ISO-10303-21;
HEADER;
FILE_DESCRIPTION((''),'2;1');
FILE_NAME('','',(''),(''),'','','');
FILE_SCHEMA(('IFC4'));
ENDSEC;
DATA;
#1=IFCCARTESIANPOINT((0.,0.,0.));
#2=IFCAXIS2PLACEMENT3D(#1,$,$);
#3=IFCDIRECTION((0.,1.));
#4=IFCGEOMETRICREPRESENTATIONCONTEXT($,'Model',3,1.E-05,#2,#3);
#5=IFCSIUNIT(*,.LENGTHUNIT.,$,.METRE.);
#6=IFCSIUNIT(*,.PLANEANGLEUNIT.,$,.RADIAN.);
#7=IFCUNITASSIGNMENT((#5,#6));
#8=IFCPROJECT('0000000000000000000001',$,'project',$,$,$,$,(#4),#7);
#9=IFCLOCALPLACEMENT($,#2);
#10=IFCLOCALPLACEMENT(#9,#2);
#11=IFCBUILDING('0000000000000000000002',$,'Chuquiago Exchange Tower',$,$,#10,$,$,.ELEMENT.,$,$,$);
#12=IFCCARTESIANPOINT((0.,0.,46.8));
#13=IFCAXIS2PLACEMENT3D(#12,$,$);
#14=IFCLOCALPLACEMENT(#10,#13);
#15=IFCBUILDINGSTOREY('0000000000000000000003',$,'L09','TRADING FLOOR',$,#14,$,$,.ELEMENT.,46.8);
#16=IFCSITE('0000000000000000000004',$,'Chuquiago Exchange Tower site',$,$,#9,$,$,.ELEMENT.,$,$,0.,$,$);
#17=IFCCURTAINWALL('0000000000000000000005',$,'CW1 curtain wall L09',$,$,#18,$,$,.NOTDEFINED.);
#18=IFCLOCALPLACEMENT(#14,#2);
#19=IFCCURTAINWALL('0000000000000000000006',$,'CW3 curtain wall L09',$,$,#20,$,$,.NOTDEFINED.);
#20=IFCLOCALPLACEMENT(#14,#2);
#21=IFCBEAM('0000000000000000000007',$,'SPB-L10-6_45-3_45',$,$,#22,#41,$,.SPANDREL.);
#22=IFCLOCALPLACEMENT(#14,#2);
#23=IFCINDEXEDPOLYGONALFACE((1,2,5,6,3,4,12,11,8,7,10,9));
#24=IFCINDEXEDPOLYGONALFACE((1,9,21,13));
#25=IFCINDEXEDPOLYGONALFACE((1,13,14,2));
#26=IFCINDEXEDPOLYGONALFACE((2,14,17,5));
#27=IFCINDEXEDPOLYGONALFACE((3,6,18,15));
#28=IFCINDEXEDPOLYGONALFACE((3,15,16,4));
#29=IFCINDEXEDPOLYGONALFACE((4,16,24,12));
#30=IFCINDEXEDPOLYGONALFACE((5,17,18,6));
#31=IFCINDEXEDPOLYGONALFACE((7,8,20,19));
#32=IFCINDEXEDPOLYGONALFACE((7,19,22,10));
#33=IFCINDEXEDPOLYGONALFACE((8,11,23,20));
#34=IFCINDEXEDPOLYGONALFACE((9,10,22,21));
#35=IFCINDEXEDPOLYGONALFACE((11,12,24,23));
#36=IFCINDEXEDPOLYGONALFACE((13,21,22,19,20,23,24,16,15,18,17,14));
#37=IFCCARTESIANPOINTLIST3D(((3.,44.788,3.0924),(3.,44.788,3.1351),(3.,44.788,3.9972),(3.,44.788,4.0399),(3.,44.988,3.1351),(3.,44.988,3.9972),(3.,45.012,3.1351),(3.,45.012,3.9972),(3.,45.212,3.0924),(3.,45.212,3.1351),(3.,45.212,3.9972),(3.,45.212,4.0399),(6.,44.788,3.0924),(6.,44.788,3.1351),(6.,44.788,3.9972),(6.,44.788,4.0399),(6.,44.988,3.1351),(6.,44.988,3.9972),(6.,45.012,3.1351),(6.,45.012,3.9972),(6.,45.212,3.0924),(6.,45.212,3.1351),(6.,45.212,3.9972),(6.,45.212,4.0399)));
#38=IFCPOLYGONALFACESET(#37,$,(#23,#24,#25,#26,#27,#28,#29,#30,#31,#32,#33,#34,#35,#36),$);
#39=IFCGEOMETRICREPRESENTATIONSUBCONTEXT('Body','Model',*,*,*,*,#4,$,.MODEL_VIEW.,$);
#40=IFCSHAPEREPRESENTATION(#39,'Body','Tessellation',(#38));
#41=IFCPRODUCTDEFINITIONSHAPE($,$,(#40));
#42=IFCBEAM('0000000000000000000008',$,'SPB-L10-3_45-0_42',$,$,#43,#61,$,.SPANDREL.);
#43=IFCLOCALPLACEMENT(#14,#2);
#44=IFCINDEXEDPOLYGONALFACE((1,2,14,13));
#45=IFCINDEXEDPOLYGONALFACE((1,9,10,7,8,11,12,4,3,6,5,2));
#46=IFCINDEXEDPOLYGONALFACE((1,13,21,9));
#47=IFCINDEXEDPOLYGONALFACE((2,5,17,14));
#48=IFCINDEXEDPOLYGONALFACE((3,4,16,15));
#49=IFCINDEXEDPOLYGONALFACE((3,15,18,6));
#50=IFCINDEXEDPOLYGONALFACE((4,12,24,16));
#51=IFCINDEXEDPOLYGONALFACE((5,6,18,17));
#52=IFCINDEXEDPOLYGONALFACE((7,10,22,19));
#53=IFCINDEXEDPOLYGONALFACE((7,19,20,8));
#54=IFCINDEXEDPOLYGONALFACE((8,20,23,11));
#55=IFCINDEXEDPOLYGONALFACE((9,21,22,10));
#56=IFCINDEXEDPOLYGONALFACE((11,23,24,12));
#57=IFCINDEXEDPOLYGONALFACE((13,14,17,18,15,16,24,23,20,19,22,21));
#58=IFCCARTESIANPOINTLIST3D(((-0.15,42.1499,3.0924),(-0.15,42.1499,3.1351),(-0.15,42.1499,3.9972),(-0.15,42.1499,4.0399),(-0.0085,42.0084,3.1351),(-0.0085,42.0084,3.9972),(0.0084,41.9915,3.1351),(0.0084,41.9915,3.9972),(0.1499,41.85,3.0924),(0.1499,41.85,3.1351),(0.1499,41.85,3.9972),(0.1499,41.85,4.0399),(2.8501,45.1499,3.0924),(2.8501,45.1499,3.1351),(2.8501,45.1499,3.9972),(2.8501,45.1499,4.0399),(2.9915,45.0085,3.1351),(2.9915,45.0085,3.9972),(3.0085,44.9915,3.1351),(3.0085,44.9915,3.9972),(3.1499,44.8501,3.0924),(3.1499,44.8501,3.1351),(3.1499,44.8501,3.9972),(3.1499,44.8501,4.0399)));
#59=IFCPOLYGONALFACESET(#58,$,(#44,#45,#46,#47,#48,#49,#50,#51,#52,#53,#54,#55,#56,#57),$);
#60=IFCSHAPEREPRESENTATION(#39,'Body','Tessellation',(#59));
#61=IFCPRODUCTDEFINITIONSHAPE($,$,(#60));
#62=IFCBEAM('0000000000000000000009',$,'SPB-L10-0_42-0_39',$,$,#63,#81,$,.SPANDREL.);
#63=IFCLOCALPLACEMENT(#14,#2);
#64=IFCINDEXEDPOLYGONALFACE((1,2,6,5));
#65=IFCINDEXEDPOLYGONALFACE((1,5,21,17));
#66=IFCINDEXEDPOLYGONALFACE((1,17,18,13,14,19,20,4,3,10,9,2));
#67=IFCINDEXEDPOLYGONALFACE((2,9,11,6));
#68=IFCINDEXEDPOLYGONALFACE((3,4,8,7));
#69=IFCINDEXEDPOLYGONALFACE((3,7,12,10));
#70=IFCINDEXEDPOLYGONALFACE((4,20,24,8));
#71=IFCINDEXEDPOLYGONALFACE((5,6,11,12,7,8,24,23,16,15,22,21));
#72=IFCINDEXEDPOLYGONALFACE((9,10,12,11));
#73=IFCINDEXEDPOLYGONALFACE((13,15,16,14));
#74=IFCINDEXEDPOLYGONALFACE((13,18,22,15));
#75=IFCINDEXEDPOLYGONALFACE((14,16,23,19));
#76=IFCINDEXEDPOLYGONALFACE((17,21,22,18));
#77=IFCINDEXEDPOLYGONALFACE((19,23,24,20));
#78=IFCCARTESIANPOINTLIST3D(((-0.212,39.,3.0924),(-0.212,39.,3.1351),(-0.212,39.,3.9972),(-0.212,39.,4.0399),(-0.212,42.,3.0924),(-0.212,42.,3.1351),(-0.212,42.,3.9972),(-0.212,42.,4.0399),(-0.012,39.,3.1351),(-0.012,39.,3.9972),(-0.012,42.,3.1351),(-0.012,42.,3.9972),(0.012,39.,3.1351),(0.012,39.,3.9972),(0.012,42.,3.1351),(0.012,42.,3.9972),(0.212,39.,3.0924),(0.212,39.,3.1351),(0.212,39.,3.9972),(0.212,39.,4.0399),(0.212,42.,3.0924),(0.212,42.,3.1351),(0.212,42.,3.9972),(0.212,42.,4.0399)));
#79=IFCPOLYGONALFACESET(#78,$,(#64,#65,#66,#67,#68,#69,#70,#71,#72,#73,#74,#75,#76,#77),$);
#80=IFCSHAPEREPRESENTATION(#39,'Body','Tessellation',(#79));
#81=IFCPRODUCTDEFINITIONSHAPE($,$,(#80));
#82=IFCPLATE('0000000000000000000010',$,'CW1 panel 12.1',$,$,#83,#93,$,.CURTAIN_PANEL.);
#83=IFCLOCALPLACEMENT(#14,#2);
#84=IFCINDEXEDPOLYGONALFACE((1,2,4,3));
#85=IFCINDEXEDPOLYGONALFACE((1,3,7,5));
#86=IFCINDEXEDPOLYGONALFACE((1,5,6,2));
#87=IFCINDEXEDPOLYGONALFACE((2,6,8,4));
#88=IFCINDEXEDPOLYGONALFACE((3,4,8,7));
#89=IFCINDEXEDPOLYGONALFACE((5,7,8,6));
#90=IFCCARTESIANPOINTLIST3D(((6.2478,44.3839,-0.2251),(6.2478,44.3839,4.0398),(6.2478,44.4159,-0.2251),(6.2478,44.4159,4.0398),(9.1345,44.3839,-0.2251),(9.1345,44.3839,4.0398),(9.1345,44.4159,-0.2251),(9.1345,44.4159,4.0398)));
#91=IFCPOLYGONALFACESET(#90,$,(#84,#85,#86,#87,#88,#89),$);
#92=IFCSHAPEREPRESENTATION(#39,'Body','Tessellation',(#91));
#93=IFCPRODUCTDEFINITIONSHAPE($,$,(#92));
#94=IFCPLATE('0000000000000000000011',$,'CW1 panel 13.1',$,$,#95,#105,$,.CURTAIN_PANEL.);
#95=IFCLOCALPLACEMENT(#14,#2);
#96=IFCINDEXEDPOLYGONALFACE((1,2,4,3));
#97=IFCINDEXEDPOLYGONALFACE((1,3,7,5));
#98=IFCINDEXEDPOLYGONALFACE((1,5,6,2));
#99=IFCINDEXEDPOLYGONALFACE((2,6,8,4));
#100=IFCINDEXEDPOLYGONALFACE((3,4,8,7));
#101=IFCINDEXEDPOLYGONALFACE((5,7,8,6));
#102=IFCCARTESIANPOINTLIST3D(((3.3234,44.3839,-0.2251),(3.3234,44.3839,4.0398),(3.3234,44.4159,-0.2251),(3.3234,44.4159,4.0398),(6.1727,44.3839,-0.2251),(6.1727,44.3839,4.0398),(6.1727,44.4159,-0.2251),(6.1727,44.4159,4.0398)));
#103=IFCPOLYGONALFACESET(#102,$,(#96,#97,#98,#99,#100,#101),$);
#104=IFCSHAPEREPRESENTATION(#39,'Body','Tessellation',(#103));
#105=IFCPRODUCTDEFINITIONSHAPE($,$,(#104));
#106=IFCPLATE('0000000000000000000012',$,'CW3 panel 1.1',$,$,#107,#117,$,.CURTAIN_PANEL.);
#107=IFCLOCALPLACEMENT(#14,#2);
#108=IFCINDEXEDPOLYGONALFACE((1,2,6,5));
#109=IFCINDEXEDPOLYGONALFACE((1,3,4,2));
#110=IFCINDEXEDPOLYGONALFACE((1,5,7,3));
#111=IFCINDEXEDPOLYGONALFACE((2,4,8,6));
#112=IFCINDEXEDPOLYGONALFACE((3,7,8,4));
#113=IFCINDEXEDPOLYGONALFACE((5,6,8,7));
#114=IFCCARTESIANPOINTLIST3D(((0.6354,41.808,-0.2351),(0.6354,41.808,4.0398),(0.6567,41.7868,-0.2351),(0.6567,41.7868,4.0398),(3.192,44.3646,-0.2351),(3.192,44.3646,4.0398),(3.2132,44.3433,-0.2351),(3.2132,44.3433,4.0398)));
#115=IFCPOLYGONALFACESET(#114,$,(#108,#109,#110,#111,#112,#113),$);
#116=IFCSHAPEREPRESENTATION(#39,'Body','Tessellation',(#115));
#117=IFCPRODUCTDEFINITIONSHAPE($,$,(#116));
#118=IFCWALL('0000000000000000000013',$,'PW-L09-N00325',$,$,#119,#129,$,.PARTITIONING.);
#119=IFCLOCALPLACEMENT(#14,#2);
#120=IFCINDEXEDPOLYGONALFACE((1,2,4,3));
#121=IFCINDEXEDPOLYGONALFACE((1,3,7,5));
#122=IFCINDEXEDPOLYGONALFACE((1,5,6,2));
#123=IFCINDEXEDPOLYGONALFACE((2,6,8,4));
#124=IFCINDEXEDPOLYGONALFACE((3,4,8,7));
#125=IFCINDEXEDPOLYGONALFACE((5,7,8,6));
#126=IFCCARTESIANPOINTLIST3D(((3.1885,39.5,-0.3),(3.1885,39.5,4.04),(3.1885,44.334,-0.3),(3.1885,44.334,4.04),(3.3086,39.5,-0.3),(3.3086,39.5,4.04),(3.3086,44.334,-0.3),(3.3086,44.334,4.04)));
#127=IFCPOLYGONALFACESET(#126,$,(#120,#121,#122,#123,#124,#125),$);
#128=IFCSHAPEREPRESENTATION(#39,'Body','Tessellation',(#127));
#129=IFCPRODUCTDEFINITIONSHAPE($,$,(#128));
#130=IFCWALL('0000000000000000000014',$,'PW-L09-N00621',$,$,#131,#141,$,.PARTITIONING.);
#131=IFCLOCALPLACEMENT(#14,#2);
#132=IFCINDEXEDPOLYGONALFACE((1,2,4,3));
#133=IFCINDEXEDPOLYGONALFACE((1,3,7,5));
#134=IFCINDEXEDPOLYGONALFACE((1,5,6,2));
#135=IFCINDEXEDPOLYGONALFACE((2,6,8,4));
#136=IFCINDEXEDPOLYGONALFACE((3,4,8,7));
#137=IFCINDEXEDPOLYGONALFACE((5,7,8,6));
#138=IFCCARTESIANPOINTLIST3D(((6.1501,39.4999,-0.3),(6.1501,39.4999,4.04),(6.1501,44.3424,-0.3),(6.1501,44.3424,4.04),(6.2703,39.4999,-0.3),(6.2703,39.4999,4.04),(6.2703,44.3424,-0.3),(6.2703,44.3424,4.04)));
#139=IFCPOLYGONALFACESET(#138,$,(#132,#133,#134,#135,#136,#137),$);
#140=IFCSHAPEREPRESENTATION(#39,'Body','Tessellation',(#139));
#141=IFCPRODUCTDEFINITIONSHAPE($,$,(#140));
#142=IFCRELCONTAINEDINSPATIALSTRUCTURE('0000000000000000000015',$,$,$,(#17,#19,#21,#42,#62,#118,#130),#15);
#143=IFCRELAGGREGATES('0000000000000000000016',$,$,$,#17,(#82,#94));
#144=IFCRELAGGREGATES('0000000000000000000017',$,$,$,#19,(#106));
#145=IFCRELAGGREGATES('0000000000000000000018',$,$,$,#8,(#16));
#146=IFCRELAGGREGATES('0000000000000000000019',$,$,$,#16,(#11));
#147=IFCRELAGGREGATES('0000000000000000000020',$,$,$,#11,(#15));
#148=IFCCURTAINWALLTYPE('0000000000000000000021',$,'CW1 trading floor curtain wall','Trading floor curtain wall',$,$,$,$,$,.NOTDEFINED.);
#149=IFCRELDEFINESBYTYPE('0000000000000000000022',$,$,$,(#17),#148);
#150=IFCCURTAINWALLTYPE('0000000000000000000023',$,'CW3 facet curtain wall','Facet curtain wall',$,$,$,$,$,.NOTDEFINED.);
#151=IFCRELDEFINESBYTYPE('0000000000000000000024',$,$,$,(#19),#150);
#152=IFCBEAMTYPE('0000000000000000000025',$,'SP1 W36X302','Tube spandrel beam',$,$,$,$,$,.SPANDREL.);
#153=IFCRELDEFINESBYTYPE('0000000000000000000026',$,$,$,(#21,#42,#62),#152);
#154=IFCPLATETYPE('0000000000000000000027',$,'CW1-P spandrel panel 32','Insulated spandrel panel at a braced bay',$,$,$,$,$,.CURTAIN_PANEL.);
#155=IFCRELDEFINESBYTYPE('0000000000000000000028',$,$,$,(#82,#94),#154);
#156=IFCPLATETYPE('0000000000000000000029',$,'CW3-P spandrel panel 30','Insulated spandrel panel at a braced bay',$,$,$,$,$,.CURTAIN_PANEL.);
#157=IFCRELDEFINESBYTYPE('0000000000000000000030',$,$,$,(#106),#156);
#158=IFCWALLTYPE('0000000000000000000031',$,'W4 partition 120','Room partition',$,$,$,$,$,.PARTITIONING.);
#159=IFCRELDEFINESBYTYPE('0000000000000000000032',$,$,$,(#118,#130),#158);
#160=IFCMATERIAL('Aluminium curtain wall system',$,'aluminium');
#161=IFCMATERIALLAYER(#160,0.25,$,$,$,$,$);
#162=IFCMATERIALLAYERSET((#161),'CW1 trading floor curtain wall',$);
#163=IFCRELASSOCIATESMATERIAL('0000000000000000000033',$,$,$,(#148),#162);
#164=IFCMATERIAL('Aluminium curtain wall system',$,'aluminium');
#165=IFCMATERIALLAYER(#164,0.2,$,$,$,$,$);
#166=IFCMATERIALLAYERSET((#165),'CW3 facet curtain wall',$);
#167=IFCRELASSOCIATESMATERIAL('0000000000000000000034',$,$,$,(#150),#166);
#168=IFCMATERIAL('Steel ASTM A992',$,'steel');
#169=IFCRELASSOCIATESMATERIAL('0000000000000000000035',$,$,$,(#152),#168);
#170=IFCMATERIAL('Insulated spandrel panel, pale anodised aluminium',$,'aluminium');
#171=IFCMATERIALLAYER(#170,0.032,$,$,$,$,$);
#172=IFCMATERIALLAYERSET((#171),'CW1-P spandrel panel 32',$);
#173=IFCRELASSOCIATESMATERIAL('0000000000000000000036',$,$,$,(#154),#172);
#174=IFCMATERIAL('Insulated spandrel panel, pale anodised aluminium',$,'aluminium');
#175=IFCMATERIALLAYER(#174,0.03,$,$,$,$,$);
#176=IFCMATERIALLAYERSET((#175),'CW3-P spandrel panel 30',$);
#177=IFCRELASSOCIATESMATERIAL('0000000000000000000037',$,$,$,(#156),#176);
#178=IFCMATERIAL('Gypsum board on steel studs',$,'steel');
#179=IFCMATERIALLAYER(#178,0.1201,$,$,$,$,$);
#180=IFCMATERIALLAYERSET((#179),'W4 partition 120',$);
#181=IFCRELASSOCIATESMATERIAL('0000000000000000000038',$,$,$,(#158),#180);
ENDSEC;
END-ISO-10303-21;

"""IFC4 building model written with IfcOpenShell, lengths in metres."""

from ifc_helpers import new_model, si_unit, direction, frame, frame_2d, origin, origin_2d, place, context, subcontext, project, spatial, rectangle, i_section, extrude, material, layer, layer_set, material_profile, profile_set, type_object, element, aggregate, save


model = new_model("IFC4")

# Units and contexts
model_context = context("Model", 3, precision=1e-05, world=origin(), true_north=direction((0.0, 1.0)))
body_context = subcontext(model_context, "Body", "Model", "MODEL_VIEW")
ifc_project = project(units=[si_unit("LENGTHUNIT", "METRE"), si_unit("PLANEANGLEUNIT", "RADIAN")], contexts=[model_context])

# Site, building, storey
site_placement = place(None, origin())
site = spatial("IfcSite", under=ifc_project, at=site_placement, Name="Chuquiago Exchange Tower site", CompositionType="ELEMENT", RefElevation=0.0)
building_placement = place(site_placement, origin())
building = spatial("IfcBuilding", under=site, at=building_placement, Name="Chuquiago Exchange Tower", CompositionType="ELEMENT")
storey_placement = place(building_placement, frame((0.0, 0.0, 46.8)))
storey = spatial("IfcBuildingStorey", under=building, at=storey_placement, Name="L09", Description="TRADING FLOOR", CompositionType="ELEMENT", Elevation=46.8)

# Curtain walls
ifc_material_1 = material(Name="Aluminium curtain wall system", Category="aluminium")
ifc_layer_1 = layer(ifc_material_1, 0.25)
ifc_layer_set_1 = layer_set([ifc_layer_1], Name="CW1 trading floor curtain wall")
curtain_wall_type_1 = type_object("IfcCurtainWallType", Name="CW1 trading floor curtain wall", Description="Trading floor curtain wall", PredefinedType="NOTDEFINED", material=ifc_layer_set_1)
curtain_wall_1_placement = place(storey_placement, origin())
curtain_wall_1 = element("IfcCurtainWall", 1, at=curtain_wall_1_placement, inside=storey, type_object=curtain_wall_type_1, Name="CW1 curtain wall L09", PredefinedType="NOTDEFINED")
ifc_material_2 = material(Name="Aluminium curtain wall system", Category="aluminium")
ifc_layer_2 = layer(ifc_material_2, 0.2)
ifc_layer_set_2 = layer_set([ifc_layer_2], Name="CW3 facet curtain wall")
curtain_wall_type_2 = type_object("IfcCurtainWallType", Name="CW3 facet curtain wall", Description="Facet curtain wall", PredefinedType="NOTDEFINED", material=ifc_layer_set_2)
curtain_wall_2_placement = place(storey_placement, origin())
curtain_wall_2 = element("IfcCurtainWall", 2, at=curtain_wall_2_placement, inside=storey, type_object=curtain_wall_type_2, Name="CW3 curtain wall L09", PredefinedType="NOTDEFINED")

# Beams
ifc_material_3 = material(Name="Steel ASTM A992", Category="steel")
ifc_material_profile_1 = material_profile(ifc_material_3, i_section(OverallWidth=0.4241, OverallDepth=0.9475, WebThickness=0.0239, FlangeThickness=0.0427, at=origin_2d()), Name="W36X302")
ifc_profile_set_1 = profile_set([ifc_material_profile_1], Name="Steel ASTM A992")
beam_type = type_object("IfcBeamType", Name="SP1 W36X302", Description="Tube spandrel beam", PredefinedType="SPANDREL", material=ifc_profile_set_1)
beam_1_placement = place(storey_placement, frame((6.0, 45.0, 3.5662), z_axis=(-1.0, 0.0, 0.0), x_axis=(0.0, -1.0, 0.0)))
element("IfcBeam", 3, at=beam_1_placement, inside=storey, type_object=beam_type, Name="SPB-L10-6_45-3_45", PredefinedType="SPANDREL", context=body_context, shape_type="SweptSolid", body=[
    extrude(i_section(OverallWidth=0.4241, OverallDepth=0.9475, WebThickness=0.0239, FlangeThickness=0.0427, at=origin_2d()), origin(), (0.0, 0.0, 1.0), 3.0),
])
beam_2_placement = place(storey_placement, frame((3.0, 45.0, 3.5662), z_axis=(-0.707107, -0.707107, 0.0), x_axis=(0.707107, -0.707107, 0.0)))
element("IfcBeam", 4, at=beam_2_placement, inside=storey, type_object=beam_type, Name="SPB-L10-3_45-0_42", PredefinedType="SPANDREL", context=body_context, shape_type="SweptSolid", body=[
    extrude(i_section(OverallWidth=0.4241, OverallDepth=0.9475, WebThickness=0.0239, FlangeThickness=0.0427, at=origin_2d()), origin(), (0.0, 0.0, 1.0), 4.2427),
])
beam_3_placement = place(storey_placement, frame((0.0, 42.0, 3.5662), z_axis=(0.0, -1.0, 0.0), x_axis=(1.0, 0.0, 0.0)))
element("IfcBeam", 5, at=beam_3_placement, inside=storey, type_object=beam_type, Name="SPB-L10-0_42-0_39", PredefinedType="SPANDREL", context=body_context, shape_type="SweptSolid", body=[
    extrude(i_section(OverallWidth=0.4241, OverallDepth=0.9475, WebThickness=0.0239, FlangeThickness=0.0427, at=origin_2d()), origin(), (0.0, 0.0, 1.0), 3.0),
])

# Plates
ifc_material_4 = material(Name="Insulated spandrel panel, pale anodised aluminium", Category="aluminium")
ifc_layer_3 = layer(ifc_material_4, 0.032)
ifc_layer_set_3 = layer_set([ifc_layer_3], Name="CW1-P spandrel panel 32")
plate_type_1 = type_object("IfcPlateType", Name="CW1-P spandrel panel 32", Description="Insulated spandrel panel at a braced bay", PredefinedType="CURTAIN_PANEL", material=ifc_layer_set_3)
plate_1_placement = place(storey_placement, frame((7.6912, 44.3999, -0.2251), z_axis=(0.0, 0.0, 1.0), x_axis=(-1.0, 0.0, 0.0)))
plate_1 = element("IfcPlate", 6, at=plate_1_placement, type_object=plate_type_1, Name="CW1 panel 12.1", PredefinedType="CURTAIN_PANEL", context=body_context, shape_type="SweptSolid", body=[
    extrude(rectangle(XDim=2.8867, YDim=0.032, at=origin_2d()), origin(), (0.0, 0.0, 1.0), 4.2649),
])
plate_2_placement = place(storey_placement, frame((4.748, 44.3999, -0.2251), z_axis=(0.0, 0.0, 1.0), x_axis=(-1.0, 0.0, 0.0)))
plate_2 = element("IfcPlate", 7, at=plate_2_placement, type_object=plate_type_1, Name="CW1 panel 13.1", PredefinedType="CURTAIN_PANEL", context=body_context, shape_type="SweptSolid", body=[
    extrude(rectangle(XDim=2.8494, YDim=0.032, at=origin_2d()), origin(), (0.0, 0.0, 1.0), 4.2649),
])
aggregate(curtain_wall_1, [plate_1, plate_2])
ifc_material_5 = material(Name="Insulated spandrel panel, pale anodised aluminium", Category="aluminium")
ifc_layer_4 = layer(ifc_material_5, 0.03)
ifc_layer_set_4 = layer_set([ifc_layer_4], Name="CW3-P spandrel panel 30")
plate_type_2 = type_object("IfcPlateType", Name="CW3-P spandrel panel 30", Description="Insulated spandrel panel at a braced bay", PredefinedType="CURTAIN_PANEL", material=ifc_layer_set_4)
plate_3_placement = place(storey_placement, frame((1.9243, 43.0757, -0.2351), z_axis=(0.0, 0.0, 1.0), x_axis=(-0.707107, -0.707107, 0.0)))
plate_3 = element("IfcPlate", 8, at=plate_3_placement, type_object=plate_type_2, Name="CW3 panel 1.1", PredefinedType="CURTAIN_PANEL", context=body_context, shape_type="SweptSolid", body=[
    extrude(rectangle(XDim=3.6155, YDim=0.03, at=origin_2d()), origin(), (0.0, 0.0, 1.0), 4.2749),
])
aggregate(curtain_wall_2, [plate_3])

# Walls
ifc_material_6 = material(Name="Gypsum board on steel studs", Category="steel")
ifc_layer_5 = layer(ifc_material_6, 0.1201)
ifc_layer_set_5 = layer_set([ifc_layer_5], Name="W4 partition 120")
wall_type = type_object("IfcWallType", Name="W4 partition 120", Description="Room partition", PredefinedType="PARTITIONING", material=ifc_layer_set_5)
wall_1_placement = place(storey_placement, frame((3.2485, 44.334, -0.3), z_axis=(0.0, 0.0, 1.0), x_axis=(0.0, -1.0, 0.0)))
element("IfcWall", 9, at=wall_1_placement, inside=storey, type_object=wall_type, Name="PW-L09-N00325", PredefinedType="PARTITIONING", context=body_context, shape_type="SweptSolid", body=[
    extrude(rectangle(XDim=4.834, YDim=0.1201, at=frame_2d((2.417, 0.0))), origin(), (0.0, 0.0, 1.0), 4.3401),
])
wall_2_placement = place(storey_placement, frame((6.2102, 44.3425, -0.3), z_axis=(0.0, 0.0, 1.0), x_axis=(0.0, -1.0, 0.0)))
element("IfcWall", 10, at=wall_2_placement, inside=storey, type_object=wall_type, Name="PW-L09-N00621", PredefinedType="PARTITIONING", context=body_context, shape_type="SweptSolid", body=[
    extrude(rectangle(XDim=4.8425, YDim=0.1201, at=frame_2d((2.4214, 0.0))), origin(), (0.0, 0.0, 1.0), 4.3401),
])

save(model, "model.ifc")
